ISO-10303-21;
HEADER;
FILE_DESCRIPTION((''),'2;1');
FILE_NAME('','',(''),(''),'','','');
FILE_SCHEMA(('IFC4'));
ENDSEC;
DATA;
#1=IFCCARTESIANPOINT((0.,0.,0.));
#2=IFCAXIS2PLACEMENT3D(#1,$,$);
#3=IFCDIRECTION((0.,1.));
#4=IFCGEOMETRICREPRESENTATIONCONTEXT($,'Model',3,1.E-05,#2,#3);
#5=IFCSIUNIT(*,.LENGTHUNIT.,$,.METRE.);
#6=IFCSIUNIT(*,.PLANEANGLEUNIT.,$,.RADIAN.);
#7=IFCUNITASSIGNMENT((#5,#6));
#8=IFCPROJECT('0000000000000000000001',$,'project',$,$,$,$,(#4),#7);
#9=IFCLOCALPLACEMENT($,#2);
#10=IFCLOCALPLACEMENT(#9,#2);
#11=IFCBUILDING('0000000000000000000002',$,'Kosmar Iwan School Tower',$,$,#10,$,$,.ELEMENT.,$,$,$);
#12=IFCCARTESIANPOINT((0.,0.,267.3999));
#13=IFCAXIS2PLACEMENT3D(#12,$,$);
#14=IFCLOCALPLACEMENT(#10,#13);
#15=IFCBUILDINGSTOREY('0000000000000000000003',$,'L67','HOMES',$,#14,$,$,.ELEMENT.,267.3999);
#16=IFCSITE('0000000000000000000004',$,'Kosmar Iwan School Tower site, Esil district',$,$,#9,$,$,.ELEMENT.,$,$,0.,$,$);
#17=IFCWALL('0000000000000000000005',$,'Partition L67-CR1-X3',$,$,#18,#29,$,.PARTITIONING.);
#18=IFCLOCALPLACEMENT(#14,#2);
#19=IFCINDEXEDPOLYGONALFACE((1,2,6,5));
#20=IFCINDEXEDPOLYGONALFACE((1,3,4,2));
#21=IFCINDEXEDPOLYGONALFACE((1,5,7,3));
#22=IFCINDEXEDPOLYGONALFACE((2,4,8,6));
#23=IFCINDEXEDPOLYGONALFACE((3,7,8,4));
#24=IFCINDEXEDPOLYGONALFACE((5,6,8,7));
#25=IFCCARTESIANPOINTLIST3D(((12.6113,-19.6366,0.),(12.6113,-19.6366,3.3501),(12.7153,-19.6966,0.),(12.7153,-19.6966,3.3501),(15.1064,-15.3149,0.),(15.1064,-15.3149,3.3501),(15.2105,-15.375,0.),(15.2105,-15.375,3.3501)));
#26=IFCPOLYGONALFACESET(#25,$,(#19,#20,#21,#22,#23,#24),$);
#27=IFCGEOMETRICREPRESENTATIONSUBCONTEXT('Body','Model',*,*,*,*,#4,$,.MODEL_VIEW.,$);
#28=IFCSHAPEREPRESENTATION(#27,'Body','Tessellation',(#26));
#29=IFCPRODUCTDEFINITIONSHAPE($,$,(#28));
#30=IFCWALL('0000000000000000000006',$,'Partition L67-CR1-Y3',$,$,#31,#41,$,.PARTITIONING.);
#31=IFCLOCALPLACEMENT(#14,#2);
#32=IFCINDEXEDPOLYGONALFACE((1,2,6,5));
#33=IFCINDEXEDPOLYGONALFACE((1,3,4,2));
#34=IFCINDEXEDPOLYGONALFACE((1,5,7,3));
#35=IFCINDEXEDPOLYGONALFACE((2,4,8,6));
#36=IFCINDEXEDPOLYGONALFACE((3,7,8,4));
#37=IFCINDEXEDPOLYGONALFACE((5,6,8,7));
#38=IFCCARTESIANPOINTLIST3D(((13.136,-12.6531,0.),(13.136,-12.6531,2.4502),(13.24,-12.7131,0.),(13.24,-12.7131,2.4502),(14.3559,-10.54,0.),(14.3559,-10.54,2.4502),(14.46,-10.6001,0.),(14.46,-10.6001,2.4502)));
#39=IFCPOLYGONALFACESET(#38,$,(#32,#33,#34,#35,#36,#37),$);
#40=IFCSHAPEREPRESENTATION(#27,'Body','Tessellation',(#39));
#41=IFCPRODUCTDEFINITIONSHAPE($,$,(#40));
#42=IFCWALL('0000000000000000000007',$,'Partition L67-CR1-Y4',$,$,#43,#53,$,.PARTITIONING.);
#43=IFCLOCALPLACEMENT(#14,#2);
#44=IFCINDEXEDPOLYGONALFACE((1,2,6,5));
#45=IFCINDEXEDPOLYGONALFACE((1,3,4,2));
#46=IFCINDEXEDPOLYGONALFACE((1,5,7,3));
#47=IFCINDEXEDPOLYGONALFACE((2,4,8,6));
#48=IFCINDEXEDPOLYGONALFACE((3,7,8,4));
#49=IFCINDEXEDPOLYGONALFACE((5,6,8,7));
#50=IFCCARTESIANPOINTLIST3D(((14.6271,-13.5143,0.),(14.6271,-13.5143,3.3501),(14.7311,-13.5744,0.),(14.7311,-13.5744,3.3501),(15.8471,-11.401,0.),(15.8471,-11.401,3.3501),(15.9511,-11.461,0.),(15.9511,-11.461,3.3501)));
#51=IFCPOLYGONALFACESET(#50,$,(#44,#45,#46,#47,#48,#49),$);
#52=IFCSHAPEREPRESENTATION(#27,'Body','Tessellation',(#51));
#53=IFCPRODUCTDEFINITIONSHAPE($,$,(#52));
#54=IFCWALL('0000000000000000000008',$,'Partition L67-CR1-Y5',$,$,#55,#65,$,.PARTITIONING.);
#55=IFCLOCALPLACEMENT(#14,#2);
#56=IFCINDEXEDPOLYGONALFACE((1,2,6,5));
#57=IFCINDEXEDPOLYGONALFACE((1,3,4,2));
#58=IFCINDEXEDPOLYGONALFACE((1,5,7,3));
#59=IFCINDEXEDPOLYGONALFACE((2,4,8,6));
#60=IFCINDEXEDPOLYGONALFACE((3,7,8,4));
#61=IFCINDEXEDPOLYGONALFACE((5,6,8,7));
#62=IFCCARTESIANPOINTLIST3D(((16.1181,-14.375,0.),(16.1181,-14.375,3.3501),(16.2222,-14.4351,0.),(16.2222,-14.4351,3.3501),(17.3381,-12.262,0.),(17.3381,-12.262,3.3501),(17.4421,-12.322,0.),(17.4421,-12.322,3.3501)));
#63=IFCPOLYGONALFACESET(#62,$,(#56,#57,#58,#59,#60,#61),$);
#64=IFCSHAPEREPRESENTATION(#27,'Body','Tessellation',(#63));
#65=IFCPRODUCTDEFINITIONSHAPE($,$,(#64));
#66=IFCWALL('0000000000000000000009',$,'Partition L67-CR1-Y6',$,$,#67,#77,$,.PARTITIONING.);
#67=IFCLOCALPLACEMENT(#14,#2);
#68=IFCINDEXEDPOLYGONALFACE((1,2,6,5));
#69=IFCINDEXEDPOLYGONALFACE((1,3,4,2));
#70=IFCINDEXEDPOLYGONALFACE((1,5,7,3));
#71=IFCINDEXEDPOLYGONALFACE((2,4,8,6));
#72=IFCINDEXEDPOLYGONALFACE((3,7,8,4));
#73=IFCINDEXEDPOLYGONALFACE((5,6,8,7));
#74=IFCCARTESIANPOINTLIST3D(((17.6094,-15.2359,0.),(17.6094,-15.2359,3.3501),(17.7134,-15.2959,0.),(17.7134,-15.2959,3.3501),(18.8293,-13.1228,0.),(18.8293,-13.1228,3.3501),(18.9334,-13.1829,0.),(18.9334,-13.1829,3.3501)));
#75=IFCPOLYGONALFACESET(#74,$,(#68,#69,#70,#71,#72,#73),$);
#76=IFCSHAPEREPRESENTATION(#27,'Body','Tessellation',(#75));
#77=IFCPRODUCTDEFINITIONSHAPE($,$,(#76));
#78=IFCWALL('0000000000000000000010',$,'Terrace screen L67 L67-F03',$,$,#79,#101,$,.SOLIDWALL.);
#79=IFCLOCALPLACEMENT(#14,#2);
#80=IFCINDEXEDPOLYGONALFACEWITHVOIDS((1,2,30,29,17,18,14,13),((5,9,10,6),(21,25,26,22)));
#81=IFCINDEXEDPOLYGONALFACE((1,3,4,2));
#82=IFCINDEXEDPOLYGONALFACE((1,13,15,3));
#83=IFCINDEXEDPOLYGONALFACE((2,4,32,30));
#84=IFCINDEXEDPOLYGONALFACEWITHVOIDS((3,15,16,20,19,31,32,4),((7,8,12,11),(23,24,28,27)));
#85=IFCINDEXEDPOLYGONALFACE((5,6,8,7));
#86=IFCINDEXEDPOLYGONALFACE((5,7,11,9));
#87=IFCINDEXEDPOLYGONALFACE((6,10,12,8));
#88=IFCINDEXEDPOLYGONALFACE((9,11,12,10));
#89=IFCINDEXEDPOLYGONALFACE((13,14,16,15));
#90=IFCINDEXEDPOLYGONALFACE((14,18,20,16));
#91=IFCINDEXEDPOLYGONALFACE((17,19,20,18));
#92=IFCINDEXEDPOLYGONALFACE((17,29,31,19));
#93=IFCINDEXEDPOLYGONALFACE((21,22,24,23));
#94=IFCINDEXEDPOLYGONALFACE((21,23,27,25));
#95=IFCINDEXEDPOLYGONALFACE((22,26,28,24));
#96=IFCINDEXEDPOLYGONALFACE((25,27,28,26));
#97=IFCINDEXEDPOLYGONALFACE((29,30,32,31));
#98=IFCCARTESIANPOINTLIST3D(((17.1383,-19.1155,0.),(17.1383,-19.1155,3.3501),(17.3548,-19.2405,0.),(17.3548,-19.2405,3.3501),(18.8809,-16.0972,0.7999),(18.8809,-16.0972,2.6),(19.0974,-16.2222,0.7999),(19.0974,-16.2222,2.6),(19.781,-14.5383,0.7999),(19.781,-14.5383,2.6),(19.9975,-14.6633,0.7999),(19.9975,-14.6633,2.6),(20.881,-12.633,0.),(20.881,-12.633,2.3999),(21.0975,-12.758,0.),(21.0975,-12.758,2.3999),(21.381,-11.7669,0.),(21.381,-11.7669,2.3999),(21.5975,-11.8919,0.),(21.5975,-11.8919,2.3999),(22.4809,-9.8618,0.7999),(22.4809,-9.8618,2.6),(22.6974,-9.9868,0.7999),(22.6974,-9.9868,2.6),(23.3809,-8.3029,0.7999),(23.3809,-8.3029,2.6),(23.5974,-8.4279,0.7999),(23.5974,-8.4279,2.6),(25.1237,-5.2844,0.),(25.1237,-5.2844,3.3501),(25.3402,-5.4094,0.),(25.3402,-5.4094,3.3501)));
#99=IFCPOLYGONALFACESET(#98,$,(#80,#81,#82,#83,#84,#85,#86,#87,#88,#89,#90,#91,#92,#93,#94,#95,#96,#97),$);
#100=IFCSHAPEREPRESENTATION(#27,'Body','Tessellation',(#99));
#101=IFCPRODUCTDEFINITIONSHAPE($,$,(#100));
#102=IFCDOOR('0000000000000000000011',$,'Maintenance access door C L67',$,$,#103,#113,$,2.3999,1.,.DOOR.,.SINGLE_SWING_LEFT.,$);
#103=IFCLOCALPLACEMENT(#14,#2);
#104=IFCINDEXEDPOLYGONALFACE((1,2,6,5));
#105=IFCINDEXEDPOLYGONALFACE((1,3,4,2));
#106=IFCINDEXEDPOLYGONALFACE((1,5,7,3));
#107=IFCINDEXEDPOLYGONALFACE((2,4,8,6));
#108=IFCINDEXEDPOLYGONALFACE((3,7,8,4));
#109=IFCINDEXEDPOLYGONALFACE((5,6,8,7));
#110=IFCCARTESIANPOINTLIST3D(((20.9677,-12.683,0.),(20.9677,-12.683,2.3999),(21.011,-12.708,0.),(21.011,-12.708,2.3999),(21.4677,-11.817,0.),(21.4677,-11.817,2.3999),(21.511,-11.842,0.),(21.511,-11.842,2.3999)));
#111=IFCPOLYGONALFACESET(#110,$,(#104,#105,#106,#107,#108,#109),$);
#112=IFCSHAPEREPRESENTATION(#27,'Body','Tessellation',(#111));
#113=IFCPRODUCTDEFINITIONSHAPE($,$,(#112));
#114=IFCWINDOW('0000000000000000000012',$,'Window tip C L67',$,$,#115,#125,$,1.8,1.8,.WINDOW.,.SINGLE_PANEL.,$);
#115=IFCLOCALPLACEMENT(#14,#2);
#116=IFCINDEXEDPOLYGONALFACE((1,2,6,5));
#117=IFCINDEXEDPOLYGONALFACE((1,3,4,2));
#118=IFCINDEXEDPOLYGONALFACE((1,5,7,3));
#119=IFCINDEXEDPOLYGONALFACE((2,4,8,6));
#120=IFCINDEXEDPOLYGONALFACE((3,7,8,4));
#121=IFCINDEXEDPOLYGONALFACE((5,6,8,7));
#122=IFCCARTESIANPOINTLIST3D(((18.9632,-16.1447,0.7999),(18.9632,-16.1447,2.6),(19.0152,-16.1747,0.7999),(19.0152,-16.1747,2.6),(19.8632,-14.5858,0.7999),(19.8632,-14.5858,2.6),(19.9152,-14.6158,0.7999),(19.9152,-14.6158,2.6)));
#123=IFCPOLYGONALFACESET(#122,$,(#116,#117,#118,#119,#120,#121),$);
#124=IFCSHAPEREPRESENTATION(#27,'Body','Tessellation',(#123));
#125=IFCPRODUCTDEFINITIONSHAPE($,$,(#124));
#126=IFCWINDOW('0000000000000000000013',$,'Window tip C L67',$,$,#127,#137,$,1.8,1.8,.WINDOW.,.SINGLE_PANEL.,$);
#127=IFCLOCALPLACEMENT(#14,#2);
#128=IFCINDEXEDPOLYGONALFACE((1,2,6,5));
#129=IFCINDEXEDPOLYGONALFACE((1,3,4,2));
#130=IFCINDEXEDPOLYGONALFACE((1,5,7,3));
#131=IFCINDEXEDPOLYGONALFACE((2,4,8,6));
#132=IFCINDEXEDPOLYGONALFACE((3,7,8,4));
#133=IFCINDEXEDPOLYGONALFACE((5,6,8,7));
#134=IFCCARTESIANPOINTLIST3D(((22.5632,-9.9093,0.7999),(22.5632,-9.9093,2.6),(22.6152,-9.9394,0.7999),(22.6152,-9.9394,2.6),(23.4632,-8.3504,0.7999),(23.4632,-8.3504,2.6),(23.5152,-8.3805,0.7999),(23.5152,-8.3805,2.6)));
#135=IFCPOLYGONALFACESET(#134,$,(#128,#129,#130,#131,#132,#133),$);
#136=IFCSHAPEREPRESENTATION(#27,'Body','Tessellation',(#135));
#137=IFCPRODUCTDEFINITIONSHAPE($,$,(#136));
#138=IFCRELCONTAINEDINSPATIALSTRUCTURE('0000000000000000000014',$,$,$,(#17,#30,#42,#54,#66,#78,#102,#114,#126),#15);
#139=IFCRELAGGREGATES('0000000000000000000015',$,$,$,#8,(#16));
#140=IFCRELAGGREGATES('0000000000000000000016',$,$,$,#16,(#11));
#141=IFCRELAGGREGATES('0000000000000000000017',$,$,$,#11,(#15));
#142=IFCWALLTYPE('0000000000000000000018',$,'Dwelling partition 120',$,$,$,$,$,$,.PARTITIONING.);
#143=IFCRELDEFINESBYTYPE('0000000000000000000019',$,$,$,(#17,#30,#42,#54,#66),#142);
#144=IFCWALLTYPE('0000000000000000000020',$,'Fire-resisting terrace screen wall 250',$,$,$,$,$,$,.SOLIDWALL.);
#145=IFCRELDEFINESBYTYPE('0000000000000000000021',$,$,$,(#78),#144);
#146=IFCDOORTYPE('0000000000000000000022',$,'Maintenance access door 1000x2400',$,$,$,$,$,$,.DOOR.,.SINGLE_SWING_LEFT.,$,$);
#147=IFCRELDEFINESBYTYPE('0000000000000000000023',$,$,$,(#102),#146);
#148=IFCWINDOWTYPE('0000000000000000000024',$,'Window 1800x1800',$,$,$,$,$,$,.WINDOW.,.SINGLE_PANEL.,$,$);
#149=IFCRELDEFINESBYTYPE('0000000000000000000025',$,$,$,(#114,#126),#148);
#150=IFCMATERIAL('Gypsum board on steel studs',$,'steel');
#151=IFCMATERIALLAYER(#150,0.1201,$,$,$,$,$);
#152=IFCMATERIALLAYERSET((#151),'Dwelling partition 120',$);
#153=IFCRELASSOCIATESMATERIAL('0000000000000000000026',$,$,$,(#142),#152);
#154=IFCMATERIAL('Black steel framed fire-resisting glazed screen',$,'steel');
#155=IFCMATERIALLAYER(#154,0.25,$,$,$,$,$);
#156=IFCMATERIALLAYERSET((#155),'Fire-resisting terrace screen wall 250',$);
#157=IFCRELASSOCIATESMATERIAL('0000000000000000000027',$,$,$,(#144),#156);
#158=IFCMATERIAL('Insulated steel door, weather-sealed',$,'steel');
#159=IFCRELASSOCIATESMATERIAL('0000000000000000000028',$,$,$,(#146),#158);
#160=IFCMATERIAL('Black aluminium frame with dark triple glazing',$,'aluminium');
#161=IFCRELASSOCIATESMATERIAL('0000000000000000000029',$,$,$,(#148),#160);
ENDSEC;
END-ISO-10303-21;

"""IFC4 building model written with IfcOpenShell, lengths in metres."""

from ifc_helpers import new_model, si_unit, direction, frame, frame_2d, origin, place, context, subcontext, project, spatial, rectangle, extrude, material, layer, layer_set, type_object, element, fill, save


model = new_model("IFC4")

# Units and contexts
model_context = context("Model", 3, precision=1e-05, world=origin(), true_north=direction((0.0, 1.0)))
body_context = subcontext(model_context, "Body", "Model", "MODEL_VIEW")
ifc_project = project(units=[si_unit("LENGTHUNIT", "METRE"), si_unit("PLANEANGLEUNIT", "RADIAN")], contexts=[model_context])

# Site, building, storey
site_placement = place(None, origin())
site = spatial("IfcSite", under=ifc_project, at=site_placement, Name="Kosmar Iwan School Tower site, Esil district", CompositionType="ELEMENT", RefElevation=0.0)
building_placement = place(site_placement, origin())
building = spatial("IfcBuilding", under=site, at=building_placement, Name="Kosmar Iwan School Tower", CompositionType="ELEMENT")
storey_placement = place(building_placement, frame((0.0, 0.0, 267.3999)))
storey = spatial("IfcBuildingStorey", under=building, at=storey_placement, Name="L67", Description="HOMES", CompositionType="ELEMENT", Elevation=267.3999)

# Walls
ifc_material_1 = material(Name="Gypsum board on steel studs", Category="steel")
ifc_layer_1 = layer(ifc_material_1, 0.1201)
ifc_layer_set_1 = layer_set([ifc_layer_1], Name="Dwelling partition 120")
wall_type_1 = type_object("IfcWallType", Name="Dwelling partition 120", PredefinedType="PARTITIONING", material=ifc_layer_set_1)
wall_1_placement = place(storey_placement, frame((15.1584, -15.345, 0.0), z_axis=(0.0, 0.0, 1.0), x_axis=(-0.500012, -0.866019, 0.0)))
element("IfcWall", 1, at=wall_1_placement, inside=storey, type_object=wall_type_1, Name="Partition L67-CR1-X3", PredefinedType="PARTITIONING", context=body_context, shape_type="SweptSolid", body=[
    extrude(rectangle(XDim=4.9902, YDim=0.1201, at=frame_2d((2.4951, 0.0))), origin(), (0.0, 0.0, 1.0), 3.3501),
])
wall_2_placement = place(storey_placement, frame((14.408, -10.5701, 0.0), z_axis=(0.0, 0.0, 1.0), x_axis=(-0.500003, -0.866024, 0.0)))
element("IfcWall", 2, at=wall_2_placement, inside=storey, type_object=wall_type_1, Name="Partition L67-CR1-Y3", PredefinedType="PARTITIONING", context=body_context, shape_type="SweptSolid", body=[
    extrude(rectangle(XDim=2.4399, YDim=0.1201, at=frame_2d((1.22, 0.0))), origin(), (0.0, 0.0, 1.0), 2.4502),
])
wall_3_placement = place(storey_placement, frame((15.8992, -11.4309, 0.0), z_axis=(0.0, 0.0, 1.0), x_axis=(-0.499959, -0.866049, 0.0)))
element("IfcWall", 3, at=wall_3_placement, inside=storey, type_object=wall_type_1, Name="Partition L67-CR1-Y4", PredefinedType="PARTITIONING", context=body_context, shape_type="SweptSolid", body=[
    extrude(rectangle(XDim=2.4402, YDim=0.1201, at=frame_2d((1.2202, 0.0))), origin(), (0.0, 0.0, 1.0), 3.3501),
])
for number, where, z_axis, x_axis, name in (
    (4, (17.3901, -12.292, 0.0), (0.0, 0.0, 1.0), (-0.500003, -0.866024, 0.0), "Partition L67-CR1-Y5"),
    (5, (18.8813, -13.1528, 0.0), (0.0, 0.0, 1.0), (-0.500003, -0.866024, 0.0), "Partition L67-CR1-Y6"),
):
    element("IfcWall", number, at=place(storey_placement, frame(where, z_axis=z_axis, x_axis=x_axis)), inside=storey, type_object=wall_type_1, Name=name, PredefinedType="PARTITIONING", context=body_context, shape_type="SweptSolid", body=[
        extrude(rectangle(XDim=2.4399, YDim=0.1201, at=frame_2d((1.22, 0.0))), origin(), (0.0, 0.0, 1.0), 3.3501),
    ])

# Wall, openings, door, windows
ifc_material_2 = material(Name="Black steel framed fire-resisting glazed screen", Category="steel")
ifc_layer_2 = layer(ifc_material_2, 0.25)
ifc_layer_set_2 = layer_set([ifc_layer_2], Name="Fire-resisting terrace screen wall 250")
wall_type_2 = type_object("IfcWallType", Name="Fire-resisting terrace screen wall 250", PredefinedType="SOLIDWALL", material=ifc_layer_set_2)
wall_4_placement = place(storey_placement, frame((17.2466, -19.178, 0.0), z_axis=(0.0, 0.0, 1.0), x_axis=(0.499999, 0.866026, 0.0)))
wall_4 = element("IfcWall", 6, at=wall_4_placement, inside=storey, type_object=wall_type_2, Name="Terrace screen L67 L67-F03", PredefinedType="SOLIDWALL", context=body_context, shape_type="SweptSolid", body=[
    extrude(rectangle(XDim=15.9707, YDim=0.25, at=frame_2d((7.9854, 0.0))), origin(), (0.0, 0.0, 1.0), 3.3501),
])
opening_1_placement = place(wall_4_placement, frame((7.4854, 0.0, 0.0)))
opening_1 = element("IfcOpeningElement", 7, at=opening_1_placement, cuts=wall_4, PredefinedType="OPENING", context=body_context, shape_type="SweptSolid", body=[
    extrude(rectangle(XDim=1.0, YDim=2.3999, at=frame_2d((0.5, 1.2))), frame((0.0, 0.137, 0.0), z_axis=(0.0, -1.0, 0.0), x_axis=(1.0, 0.0, 0.0)), (0.0, 0.0, 1.0), 0.2739),
])
opening_2_placement = place(wall_4_placement, frame((3.4854, 0.0, 0.8)))
opening_2 = element("IfcOpeningElement", 8, at=opening_2_placement, cuts=wall_4, PredefinedType="OPENING", context=body_context, shape_type="SweptSolid", body=[
    extrude(rectangle(XDim=1.8, YDim=1.8, at=frame_2d((0.8999, 0.8999))), frame((0.0, 0.137, 0.0), z_axis=(0.0, -1.0, 0.0), x_axis=(1.0, 0.0, 0.0)), (0.0, 0.0, 1.0), 0.2739),
])
opening_3_placement = place(wall_4_placement, frame((10.6853, 0.0, 0.8)))
opening_3 = element("IfcOpeningElement", 9, at=opening_3_placement, cuts=wall_4, PredefinedType="OPENING", context=body_context, shape_type="SweptSolid", body=[
    extrude(rectangle(XDim=1.8, YDim=1.8, at=frame_2d((0.8999, 0.8999))), frame((0.0, 0.137, 0.0), z_axis=(0.0, -1.0, 0.0), x_axis=(1.0, 0.0, 0.0)), (0.0, 0.0, 1.0), 0.2739),
])
ifc_material_3 = material(Name="Insulated steel door, weather-sealed", Category="steel")
door_type = type_object("IfcDoorType", Name="Maintenance access door 1000x2400", OperationType="SINGLE_SWING_LEFT", PredefinedType="DOOR", material=ifc_material_3)
door_placement = place(opening_1_placement, origin())
door = element("IfcDoor", 10, at=door_placement, inside=storey, type_object=door_type, Name="Maintenance access door C L67", OperationType="SINGLE_SWING_LEFT", OverallHeight=2.3999, OverallWidth=1.0, PredefinedType="DOOR", context=body_context, shape_type="SweptSolid", body=[
    extrude(rectangle(XDim=1.0, YDim=2.3999, at=frame_2d((0.5, 1.2))), frame((0.0, 0.0249, 0.0), z_axis=(0.0, -1.0, 0.0), x_axis=(1.0, 0.0, 0.0)), (0.0, 0.0, 1.0), 0.05),
])
fill(opening_1, door)
ifc_material_4 = material(Name="Black aluminium frame with dark triple glazing", Category="aluminium")
window_type = type_object("IfcWindowType", Name="Window 1800x1800", PartitioningType="SINGLE_PANEL", PredefinedType="WINDOW", material=ifc_material_4)
window_1_placement = place(opening_2_placement, origin())
window_1 = element("IfcWindow", 11, at=window_1_placement, inside=storey, type_object=window_type, Name="Window tip C L67", OverallHeight=1.8, OverallWidth=1.8, PartitioningType="SINGLE_PANEL", PredefinedType="WINDOW", context=body_context, shape_type="SweptSolid", body=[
    extrude(rectangle(XDim=1.8, YDim=1.8, at=frame_2d((0.8999, 0.8999))), frame((0.0, 0.03, 0.0), z_axis=(0.0, -1.0, 0.0), x_axis=(1.0, 0.0, 0.0)), (0.0, 0.0, 1.0), 0.0601),
])
fill(opening_2, window_1)
window_2_placement = place(opening_3_placement, origin())
window_2 = element("IfcWindow", 12, at=window_2_placement, inside=storey, type_object=window_type, Name="Window tip C L67", OverallHeight=1.8, OverallWidth=1.8, PartitioningType="SINGLE_PANEL", PredefinedType="WINDOW", context=body_context, shape_type="SweptSolid", body=[
    extrude(rectangle(XDim=1.8, YDim=1.8, at=frame_2d((0.8999, 0.8999))), frame((0.0, 0.03, 0.0), z_axis=(0.0, -1.0, 0.0), x_axis=(1.0, 0.0, 0.0)), (0.0, 0.0, 1.0), 0.0601),
])
fill(opening_3, window_2)

save(model, "model.ifc")
